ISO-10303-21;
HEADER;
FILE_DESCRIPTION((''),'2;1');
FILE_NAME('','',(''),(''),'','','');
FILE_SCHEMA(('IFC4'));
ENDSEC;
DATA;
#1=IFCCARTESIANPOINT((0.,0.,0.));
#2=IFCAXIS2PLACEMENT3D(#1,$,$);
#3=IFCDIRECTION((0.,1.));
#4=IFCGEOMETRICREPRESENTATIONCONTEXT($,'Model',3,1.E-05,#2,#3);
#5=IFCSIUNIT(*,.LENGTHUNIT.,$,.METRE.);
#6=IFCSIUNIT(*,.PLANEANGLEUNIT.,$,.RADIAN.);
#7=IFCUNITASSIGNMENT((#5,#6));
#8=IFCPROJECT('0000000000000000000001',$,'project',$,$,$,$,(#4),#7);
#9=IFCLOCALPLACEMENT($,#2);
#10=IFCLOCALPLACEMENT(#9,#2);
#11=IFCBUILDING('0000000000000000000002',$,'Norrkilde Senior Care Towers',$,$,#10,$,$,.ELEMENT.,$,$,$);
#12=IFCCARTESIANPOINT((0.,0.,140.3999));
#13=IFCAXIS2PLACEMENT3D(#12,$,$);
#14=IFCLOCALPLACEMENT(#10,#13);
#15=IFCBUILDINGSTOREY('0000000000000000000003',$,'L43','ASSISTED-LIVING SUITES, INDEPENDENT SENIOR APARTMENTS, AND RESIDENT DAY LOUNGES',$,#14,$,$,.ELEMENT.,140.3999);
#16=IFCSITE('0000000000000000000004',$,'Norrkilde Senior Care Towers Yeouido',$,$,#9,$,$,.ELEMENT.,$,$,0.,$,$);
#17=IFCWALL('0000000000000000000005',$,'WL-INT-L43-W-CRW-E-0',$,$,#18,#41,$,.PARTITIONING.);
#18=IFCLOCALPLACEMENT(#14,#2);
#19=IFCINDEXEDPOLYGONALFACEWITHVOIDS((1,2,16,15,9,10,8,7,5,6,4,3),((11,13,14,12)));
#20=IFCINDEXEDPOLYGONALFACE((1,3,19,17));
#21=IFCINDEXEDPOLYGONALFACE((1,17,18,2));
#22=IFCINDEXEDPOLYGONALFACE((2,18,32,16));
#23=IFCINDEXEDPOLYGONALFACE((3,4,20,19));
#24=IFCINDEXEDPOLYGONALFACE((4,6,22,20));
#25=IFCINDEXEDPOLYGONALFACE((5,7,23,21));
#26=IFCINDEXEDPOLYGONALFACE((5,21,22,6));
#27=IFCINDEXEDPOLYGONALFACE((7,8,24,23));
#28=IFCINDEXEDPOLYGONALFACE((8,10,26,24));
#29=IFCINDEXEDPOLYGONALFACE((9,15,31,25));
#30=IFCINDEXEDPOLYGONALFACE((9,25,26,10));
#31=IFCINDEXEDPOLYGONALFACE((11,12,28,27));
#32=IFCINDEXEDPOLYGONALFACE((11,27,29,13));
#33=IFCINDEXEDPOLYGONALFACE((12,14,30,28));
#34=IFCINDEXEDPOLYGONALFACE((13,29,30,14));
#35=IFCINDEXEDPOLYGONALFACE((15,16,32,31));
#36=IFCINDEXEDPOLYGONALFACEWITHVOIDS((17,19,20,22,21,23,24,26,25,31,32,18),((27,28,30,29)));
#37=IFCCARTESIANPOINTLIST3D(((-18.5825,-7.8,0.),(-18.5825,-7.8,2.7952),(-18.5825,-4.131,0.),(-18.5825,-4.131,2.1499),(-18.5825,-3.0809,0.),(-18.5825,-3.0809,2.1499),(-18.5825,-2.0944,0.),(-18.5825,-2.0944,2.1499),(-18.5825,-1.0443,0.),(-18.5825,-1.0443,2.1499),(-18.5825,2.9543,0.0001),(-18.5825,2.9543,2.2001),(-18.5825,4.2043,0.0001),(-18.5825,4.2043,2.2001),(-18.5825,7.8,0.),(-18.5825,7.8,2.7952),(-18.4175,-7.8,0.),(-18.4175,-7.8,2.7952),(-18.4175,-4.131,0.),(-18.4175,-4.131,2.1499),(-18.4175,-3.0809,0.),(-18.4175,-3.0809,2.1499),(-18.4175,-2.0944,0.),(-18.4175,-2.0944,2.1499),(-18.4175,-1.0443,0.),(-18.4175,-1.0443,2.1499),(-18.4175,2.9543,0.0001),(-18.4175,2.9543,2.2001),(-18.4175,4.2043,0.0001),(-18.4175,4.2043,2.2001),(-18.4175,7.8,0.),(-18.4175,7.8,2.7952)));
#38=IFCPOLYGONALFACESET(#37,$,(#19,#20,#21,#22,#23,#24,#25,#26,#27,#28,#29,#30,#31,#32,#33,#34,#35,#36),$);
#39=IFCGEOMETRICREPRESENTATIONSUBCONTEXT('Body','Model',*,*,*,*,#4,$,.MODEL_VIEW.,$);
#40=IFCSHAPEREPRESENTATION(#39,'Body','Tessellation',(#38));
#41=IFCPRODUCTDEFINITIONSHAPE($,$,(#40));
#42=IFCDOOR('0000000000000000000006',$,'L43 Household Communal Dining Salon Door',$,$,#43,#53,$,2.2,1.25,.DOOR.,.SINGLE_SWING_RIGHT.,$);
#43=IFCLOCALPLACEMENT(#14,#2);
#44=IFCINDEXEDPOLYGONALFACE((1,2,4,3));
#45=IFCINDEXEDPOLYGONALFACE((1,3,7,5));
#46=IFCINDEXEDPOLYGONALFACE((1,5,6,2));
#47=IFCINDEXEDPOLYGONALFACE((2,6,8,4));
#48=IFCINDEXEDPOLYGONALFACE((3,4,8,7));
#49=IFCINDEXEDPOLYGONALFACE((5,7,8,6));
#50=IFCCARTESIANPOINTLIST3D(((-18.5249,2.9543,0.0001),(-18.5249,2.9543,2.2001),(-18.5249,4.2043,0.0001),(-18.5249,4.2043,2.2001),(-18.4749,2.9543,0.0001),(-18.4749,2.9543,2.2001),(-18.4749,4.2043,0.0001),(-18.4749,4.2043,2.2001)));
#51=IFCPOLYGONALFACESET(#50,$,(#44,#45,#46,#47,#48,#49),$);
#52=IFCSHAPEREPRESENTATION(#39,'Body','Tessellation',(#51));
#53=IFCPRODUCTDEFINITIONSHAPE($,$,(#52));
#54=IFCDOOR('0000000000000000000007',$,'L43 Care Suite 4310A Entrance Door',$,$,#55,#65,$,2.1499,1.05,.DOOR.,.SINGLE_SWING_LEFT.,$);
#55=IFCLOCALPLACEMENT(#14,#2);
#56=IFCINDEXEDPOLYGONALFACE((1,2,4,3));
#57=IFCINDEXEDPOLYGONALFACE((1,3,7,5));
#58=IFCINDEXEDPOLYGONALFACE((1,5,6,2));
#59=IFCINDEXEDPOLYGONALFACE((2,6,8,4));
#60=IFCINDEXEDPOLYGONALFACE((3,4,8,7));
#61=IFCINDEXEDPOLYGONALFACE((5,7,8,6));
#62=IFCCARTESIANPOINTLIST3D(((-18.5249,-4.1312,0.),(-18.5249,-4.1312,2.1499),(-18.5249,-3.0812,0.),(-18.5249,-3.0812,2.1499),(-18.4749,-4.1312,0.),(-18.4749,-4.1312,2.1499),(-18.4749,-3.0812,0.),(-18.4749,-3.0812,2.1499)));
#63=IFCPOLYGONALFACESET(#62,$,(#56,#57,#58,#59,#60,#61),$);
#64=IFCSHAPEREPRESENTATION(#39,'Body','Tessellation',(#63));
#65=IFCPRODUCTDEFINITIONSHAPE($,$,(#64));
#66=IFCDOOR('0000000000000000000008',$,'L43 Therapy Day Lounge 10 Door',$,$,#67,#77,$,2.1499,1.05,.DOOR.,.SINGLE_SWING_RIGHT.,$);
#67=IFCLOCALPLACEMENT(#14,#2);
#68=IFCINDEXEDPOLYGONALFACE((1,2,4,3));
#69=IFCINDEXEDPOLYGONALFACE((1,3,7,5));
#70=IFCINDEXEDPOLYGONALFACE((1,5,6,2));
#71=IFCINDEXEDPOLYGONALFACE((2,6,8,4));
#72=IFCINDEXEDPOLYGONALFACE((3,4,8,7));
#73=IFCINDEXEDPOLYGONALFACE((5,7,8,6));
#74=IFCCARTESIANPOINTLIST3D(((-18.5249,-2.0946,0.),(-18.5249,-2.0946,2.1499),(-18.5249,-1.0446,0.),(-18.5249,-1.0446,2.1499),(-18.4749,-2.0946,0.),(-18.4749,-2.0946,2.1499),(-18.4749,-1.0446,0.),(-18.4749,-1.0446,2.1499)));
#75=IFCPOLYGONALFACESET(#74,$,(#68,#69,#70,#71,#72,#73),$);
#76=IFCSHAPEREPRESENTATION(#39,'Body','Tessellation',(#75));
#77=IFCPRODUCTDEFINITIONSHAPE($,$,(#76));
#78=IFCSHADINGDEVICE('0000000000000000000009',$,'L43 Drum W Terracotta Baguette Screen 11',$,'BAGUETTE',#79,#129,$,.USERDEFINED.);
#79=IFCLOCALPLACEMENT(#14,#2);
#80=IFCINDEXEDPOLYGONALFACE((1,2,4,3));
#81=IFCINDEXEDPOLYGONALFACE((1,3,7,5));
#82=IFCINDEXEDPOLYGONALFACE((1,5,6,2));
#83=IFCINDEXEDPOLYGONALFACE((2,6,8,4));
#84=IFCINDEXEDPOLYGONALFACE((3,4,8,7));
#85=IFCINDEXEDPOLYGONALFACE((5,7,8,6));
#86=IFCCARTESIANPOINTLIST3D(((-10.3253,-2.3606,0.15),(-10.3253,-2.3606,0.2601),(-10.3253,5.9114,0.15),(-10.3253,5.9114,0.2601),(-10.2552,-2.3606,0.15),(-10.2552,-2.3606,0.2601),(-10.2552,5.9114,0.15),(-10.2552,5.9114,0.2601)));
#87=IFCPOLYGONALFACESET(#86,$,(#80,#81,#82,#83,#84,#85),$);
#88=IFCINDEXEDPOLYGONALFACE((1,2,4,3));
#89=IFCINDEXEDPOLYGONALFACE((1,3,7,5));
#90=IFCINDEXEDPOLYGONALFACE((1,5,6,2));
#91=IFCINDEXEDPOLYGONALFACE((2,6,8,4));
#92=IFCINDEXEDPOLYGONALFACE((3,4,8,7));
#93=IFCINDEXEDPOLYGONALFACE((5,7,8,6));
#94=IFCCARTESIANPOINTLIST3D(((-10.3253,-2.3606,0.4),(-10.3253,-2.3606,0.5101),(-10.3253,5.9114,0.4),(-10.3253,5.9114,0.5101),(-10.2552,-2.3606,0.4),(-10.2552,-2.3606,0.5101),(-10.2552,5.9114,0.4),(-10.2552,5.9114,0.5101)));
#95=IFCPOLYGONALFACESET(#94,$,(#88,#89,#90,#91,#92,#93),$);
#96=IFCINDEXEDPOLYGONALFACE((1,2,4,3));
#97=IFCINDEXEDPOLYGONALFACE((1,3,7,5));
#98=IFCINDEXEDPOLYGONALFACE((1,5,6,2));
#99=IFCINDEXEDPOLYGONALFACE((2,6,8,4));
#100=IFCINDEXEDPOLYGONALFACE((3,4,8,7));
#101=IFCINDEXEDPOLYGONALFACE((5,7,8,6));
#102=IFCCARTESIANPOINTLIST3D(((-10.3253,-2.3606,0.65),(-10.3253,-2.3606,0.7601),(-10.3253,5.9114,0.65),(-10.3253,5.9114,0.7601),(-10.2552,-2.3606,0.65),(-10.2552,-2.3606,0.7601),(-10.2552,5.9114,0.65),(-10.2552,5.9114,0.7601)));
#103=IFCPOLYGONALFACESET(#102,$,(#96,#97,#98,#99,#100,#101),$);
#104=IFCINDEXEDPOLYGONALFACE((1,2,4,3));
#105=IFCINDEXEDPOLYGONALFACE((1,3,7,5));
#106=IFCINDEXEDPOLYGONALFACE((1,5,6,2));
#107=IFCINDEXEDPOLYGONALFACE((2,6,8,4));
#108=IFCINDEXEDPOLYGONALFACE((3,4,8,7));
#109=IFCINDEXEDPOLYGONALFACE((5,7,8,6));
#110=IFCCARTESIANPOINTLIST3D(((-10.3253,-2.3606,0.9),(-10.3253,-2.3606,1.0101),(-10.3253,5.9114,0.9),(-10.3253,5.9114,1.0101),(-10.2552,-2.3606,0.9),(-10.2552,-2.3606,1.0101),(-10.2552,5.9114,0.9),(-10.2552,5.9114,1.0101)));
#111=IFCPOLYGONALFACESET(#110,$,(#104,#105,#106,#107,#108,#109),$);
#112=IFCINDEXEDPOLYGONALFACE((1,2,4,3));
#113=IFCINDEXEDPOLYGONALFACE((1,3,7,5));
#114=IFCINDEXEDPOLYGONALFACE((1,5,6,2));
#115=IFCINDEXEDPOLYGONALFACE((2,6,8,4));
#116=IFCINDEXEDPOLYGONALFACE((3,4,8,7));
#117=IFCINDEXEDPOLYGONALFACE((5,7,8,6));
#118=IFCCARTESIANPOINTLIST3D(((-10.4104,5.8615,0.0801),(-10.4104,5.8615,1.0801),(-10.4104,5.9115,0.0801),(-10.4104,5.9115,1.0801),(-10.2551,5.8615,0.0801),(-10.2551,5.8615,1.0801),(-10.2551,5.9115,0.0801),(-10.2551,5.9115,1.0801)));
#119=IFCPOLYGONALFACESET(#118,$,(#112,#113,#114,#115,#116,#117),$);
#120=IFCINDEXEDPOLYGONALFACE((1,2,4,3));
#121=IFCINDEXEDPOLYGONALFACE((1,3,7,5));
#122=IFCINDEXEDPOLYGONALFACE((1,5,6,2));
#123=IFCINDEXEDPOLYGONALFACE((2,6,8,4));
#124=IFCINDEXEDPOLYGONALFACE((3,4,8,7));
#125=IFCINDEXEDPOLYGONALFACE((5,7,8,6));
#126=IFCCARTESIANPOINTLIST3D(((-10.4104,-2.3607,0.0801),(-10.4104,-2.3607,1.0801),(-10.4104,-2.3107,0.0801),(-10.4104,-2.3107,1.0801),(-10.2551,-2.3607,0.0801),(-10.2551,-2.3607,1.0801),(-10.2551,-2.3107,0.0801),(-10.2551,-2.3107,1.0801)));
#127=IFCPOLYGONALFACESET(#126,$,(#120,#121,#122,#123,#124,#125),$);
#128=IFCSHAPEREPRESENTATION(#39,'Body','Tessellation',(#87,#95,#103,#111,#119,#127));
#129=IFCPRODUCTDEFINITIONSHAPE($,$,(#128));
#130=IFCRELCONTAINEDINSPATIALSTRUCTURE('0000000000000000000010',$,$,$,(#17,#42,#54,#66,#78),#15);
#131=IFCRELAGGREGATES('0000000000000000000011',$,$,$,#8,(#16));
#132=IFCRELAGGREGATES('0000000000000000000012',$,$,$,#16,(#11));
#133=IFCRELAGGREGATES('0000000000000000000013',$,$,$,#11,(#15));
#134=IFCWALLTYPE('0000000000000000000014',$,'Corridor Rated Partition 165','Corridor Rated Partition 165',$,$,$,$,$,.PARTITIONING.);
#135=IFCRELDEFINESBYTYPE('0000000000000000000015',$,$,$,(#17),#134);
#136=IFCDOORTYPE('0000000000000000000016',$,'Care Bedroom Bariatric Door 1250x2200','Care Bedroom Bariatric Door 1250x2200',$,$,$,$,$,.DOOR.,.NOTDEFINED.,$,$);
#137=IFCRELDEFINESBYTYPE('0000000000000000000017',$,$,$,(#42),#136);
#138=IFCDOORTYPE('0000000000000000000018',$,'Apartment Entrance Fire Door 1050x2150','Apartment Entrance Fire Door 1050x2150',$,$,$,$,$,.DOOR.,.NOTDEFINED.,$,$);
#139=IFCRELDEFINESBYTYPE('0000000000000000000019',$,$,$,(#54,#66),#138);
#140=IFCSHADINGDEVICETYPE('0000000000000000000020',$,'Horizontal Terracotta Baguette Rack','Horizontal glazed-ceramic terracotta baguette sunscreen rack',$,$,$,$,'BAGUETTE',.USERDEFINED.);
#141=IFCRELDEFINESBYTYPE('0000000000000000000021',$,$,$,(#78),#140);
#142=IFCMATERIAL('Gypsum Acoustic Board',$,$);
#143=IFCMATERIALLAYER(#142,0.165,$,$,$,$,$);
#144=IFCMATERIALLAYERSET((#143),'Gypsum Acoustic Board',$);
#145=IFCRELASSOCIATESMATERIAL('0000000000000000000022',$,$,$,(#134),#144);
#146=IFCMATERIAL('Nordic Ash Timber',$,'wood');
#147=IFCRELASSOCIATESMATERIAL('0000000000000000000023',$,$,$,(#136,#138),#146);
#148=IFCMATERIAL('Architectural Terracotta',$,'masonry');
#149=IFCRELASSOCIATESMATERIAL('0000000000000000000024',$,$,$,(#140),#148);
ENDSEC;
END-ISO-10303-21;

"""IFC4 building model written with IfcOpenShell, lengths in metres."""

from ifc_helpers import new_model, si_unit, direction, frame, frame_2d, origin, origin_2d, place, context, subcontext, project, spatial, rectangle, extrude, source, transform, mapped, material, layer, layer_set, type_object, type_shapes, element, fill, save


model = new_model("IFC4")

# Units and contexts
model_context = context("Model", 3, precision=1e-05, world=origin(), true_north=direction((0.0, 1.0)))
body_context = subcontext(model_context, "Body", "Model", "MODEL_VIEW")
ifc_project = project(units=[si_unit("LENGTHUNIT", "METRE"), si_unit("PLANEANGLEUNIT", "RADIAN")], contexts=[model_context])

# Site, building, storey
site_placement = place(None, origin())
site = spatial("IfcSite", under=ifc_project, at=site_placement, Name="Norrkilde Senior Care Towers Yeouido", CompositionType="ELEMENT", RefElevation=0.0)
building_placement = place(site_placement, origin())
building = spatial("IfcBuilding", under=site, at=building_placement, Name="Norrkilde Senior Care Towers", CompositionType="ELEMENT")
storey_placement = place(building_placement, frame((0.0, 0.0, 140.3999)))
storey = spatial("IfcBuildingStorey", under=building, at=storey_placement, Name="L43", Description="ASSISTED-LIVING SUITES, INDEPENDENT SENIOR APARTMENTS, AND RESIDENT DAY LOUNGES", CompositionType="ELEMENT", Elevation=140.3999)

# Wall, openings, doors
ifc_material_1 = material(Name="Gypsum Acoustic Board")
ifc_layer_1 = layer(ifc_material_1, 0.165)
ifc_layer_set_1 = layer_set([ifc_layer_1], Name="Gypsum Acoustic Board")
wall_type_1 = type_object("IfcWallType", Name="Corridor Rated Partition 165", Description="Corridor Rated Partition 165", PredefinedType="PARTITIONING", material=ifc_layer_set_1)
shared_shape_1 = source(origin(), body_context, "Body", "SweptSolid", [
    extrude(rectangle(XDim=15.6001, YDim=0.165, at=frame_2d((7.8, 0.0))), origin(), (0.0, 0.0, 1.0), 2.7952),
])
type_shapes(wall_type_1, [shared_shape_1])
wall_1_placement = place(storey_placement, frame((-18.5, 7.8, 0.0), z_axis=(0.0, 0.0, 1.0), x_axis=(0.0, -1.0, 0.0)))
wall_1 = element("IfcWall", 1, at=wall_1_placement, inside=storey, type_object=wall_type_1, Name="WL-INT-L43-W-CRW-E-0", PredefinedType="PARTITIONING", context=body_context, shape_type="MappedRepresentation", body=[
    mapped(shared_shape_1, transform((0.0, 0.0, 0.0), x_axis=(1.0, 0.0, 0.0), y_axis=(0.0, 1.0, 0.0), z_axis=(0.0, 0.0, 1.0), scale=1.0)),
])
opening_1_placement = place(wall_1_placement, frame((10.8811, 0.0, 0.0)))
opening_1 = element("IfcOpeningElement", 2, at=opening_1_placement, cuts=wall_1, PredefinedType="OPENING", context=body_context, shape_type="SweptSolid", body=[
    extrude(rectangle(XDim=1.05, YDim=2.1499, at=frame_2d((0.5249, 1.075))), frame((0.0, 0.0925, 0.0), z_axis=(0.0, -1.0, 0.0), x_axis=(1.0, 0.0, 0.0)), (0.0, 0.0, 1.0), 0.1851),
])
opening_2_placement = place(wall_1_placement, frame((8.8445, 0.0, 0.0)))
opening_2 = element("IfcOpeningElement", 3, at=opening_2_placement, cuts=wall_1, PredefinedType="OPENING", context=body_context, shape_type="SweptSolid", body=[
    extrude(rectangle(XDim=1.05, YDim=2.1499, at=frame_2d((0.5249, 1.075))), frame((0.0, 0.0925, 0.0), z_axis=(0.0, -1.0, 0.0), x_axis=(1.0, 0.0, 0.0)), (0.0, 0.0, 1.0), 0.1851),
])
opening_3_placement = place(wall_1_placement, frame((3.5957, 0.0, 0.0)))
opening_3 = element("IfcOpeningElement", 4, at=opening_3_placement, cuts=wall_1, PredefinedType="OPENING", context=body_context, shape_type="SweptSolid", body=[
    extrude(rectangle(XDim=1.25, YDim=2.2, at=frame_2d((0.625, 1.1001))), frame((0.0, 0.0925, 0.0), z_axis=(0.0, -1.0, 0.0), x_axis=(1.0, 0.0, 0.0)), (0.0, 0.0, 1.0), 0.1851),
])
ifc_material_2 = material(Name="Nordic Ash Timber", Category="wood")
door_type_1 = type_object("IfcDoorType", Name="Care Bedroom Bariatric Door 1250x2200", Description="Care Bedroom Bariatric Door 1250x2200", OperationType="NOTDEFINED", PredefinedType="DOOR", material=ifc_material_2)
shared_shape_2 = source(origin(), body_context, "Body", "SweptSolid", [
    extrude(rectangle(XDim=1.25, YDim=2.2, at=frame_2d((0.625, 1.1001))), frame((0.0, 0.0249, 0.0), z_axis=(0.0, -1.0, 0.0), x_axis=(1.0, 0.0, 0.0)), (0.0, 0.0, 1.0), 0.05),
])
type_shapes(door_type_1, [shared_shape_2])
door_1_placement = place(opening_3_placement, frame((1.25, 0.0, 0.0), z_axis=(0.0, 0.0, 1.0), x_axis=(-1.0, 0.0, 0.0)))
door_1 = element("IfcDoor", 5, at=door_1_placement, inside=storey, type_object=door_type_1, Name="L43 Household Communal Dining Salon Door", OperationType="SINGLE_SWING_RIGHT", OverallHeight=2.2, OverallWidth=1.25, PredefinedType="DOOR", context=body_context, shape_type="MappedRepresentation", body=[
    mapped(shared_shape_2, transform((0.0, 0.0, 0.0), x_axis=(1.0, 0.0, 0.0), y_axis=(0.0, 1.0, 0.0), z_axis=(0.0, 0.0, 1.0), scale=1.0)),
])
fill(opening_3, door_1)
door_type_2 = type_object("IfcDoorType", Name="Apartment Entrance Fire Door 1050x2150", Description="Apartment Entrance Fire Door 1050x2150", OperationType="NOTDEFINED", PredefinedType="DOOR", material=ifc_material_2)
shared_shape_3 = source(origin(), body_context, "Body", "SweptSolid", [
    extrude(rectangle(XDim=1.05, YDim=2.1499, at=frame_2d((0.5249, 1.075))), frame((0.0, 0.0249, 0.0), z_axis=(0.0, -1.0, 0.0), x_axis=(1.0, 0.0, 0.0)), (0.0, 0.0, 1.0), 0.05),
])
type_shapes(door_type_2, [shared_shape_3])
door_2_placement = place(opening_1_placement, frame((1.05, 0.0, 0.0), z_axis=(0.0, 0.0, 1.0), x_axis=(-1.0, 0.0, 0.0)))
door_2 = element("IfcDoor", 6, at=door_2_placement, inside=storey, type_object=door_type_2, Name="L43 Care Suite 4310A Entrance Door", OperationType="SINGLE_SWING_LEFT", OverallHeight=2.1499, OverallWidth=1.05, PredefinedType="DOOR", context=body_context, shape_type="MappedRepresentation", body=[
    mapped(shared_shape_3, transform((0.0, 0.0, 0.0), x_axis=(1.0, 0.0, 0.0), y_axis=(0.0, 1.0, 0.0), z_axis=(0.0, 0.0, 1.0), scale=1.0)),
])
fill(opening_1, door_2)
door_3_placement = place(opening_2_placement, frame((1.05, 0.0, 0.0), z_axis=(0.0, 0.0, 1.0), x_axis=(-1.0, 0.0, 0.0)))
door_3 = element("IfcDoor", 7, at=door_3_placement, inside=storey, type_object=door_type_2, Name="L43 Therapy Day Lounge 10 Door", OperationType="SINGLE_SWING_RIGHT", OverallHeight=2.1499, OverallWidth=1.05, PredefinedType="DOOR", context=body_context, shape_type="MappedRepresentation", body=[
    mapped(shared_shape_3, transform((0.0, 0.0, 0.0), x_axis=(1.0, 0.0, 0.0), y_axis=(0.0, 1.0, 0.0), z_axis=(0.0, 0.0, 1.0), scale=1.0)),
])
fill(opening_2, door_3)

# Shading device
ifc_material_3 = material(Name="Architectural Terracotta", Category="masonry")
shading_device_type = type_object("IfcShadingDeviceType", Name="Horizontal Terracotta Baguette Rack", Description="Horizontal glazed-ceramic terracotta baguette sunscreen rack", ElementType="BAGUETTE", PredefinedType="USERDEFINED", material=ifc_material_3)
shared_shape_4 = source(origin(), body_context, "Body", "SweptSolid", [
    extrude(rectangle(XDim=0.0701, YDim=0.1101, at=origin_2d()), frame((0.0, 0.0901, 0.125), z_axis=(1.0, 0.0, 0.0), x_axis=(0.0, 1.0, 0.0)), (0.0, 0.0, 1.0), 8.272),
    extrude(rectangle(XDim=0.0701, YDim=0.1101, at=origin_2d()), frame((0.0, 0.0901, 0.375), z_axis=(1.0, 0.0, 0.0), x_axis=(0.0, 1.0, 0.0)), (0.0, 0.0, 1.0), 8.272),
    extrude(rectangle(XDim=0.0701, YDim=0.1101, at=origin_2d()), frame((0.0, 0.0901, 0.625), z_axis=(1.0, 0.0, 0.0), x_axis=(0.0, 1.0, 0.0)), (0.0, 0.0, 1.0), 8.272),
    extrude(rectangle(XDim=0.0701, YDim=0.1101, at=origin_2d()), frame((0.0, 0.0901, 0.875), z_axis=(1.0, 0.0, 0.0), x_axis=(0.0, 1.0, 0.0)), (0.0, 0.0, 1.0), 8.272),
    extrude(rectangle(XDim=0.05, YDim=0.1553, at=origin_2d()), frame((0.0249, 0.0476, 0.0)), (0.0, 0.0, 1.0), 1.0),
    extrude(rectangle(XDim=0.05, YDim=0.1553, at=origin_2d()), frame((8.2471, 0.0476, 0.0)), (0.0, 0.0, 1.0), 1.0),
])
type_shapes(shading_device_type, [shared_shape_4])
shading_device_placement = place(storey_placement, frame((-10.3804, 5.9114, 0.0801), z_axis=(0.0, 0.0, 1.0), x_axis=(0.0, -1.0, 0.0)))
element("IfcShadingDevice", 8, at=shading_device_placement, inside=storey, type_object=shading_device_type, Name="L43 Drum W Terracotta Baguette Screen 11", ObjectType="BAGUETTE", PredefinedType="USERDEFINED", context=body_context, shape_type="MappedRepresentation", body=[
    mapped(shared_shape_4, transform((0.0, 0.0, 0.0), x_axis=(1.0, 0.0, 0.0), y_axis=(0.0, 1.0, 0.0), z_axis=(0.0, 0.0, 1.0), scale=1.0)),
])

save(model, "model.ifc")
